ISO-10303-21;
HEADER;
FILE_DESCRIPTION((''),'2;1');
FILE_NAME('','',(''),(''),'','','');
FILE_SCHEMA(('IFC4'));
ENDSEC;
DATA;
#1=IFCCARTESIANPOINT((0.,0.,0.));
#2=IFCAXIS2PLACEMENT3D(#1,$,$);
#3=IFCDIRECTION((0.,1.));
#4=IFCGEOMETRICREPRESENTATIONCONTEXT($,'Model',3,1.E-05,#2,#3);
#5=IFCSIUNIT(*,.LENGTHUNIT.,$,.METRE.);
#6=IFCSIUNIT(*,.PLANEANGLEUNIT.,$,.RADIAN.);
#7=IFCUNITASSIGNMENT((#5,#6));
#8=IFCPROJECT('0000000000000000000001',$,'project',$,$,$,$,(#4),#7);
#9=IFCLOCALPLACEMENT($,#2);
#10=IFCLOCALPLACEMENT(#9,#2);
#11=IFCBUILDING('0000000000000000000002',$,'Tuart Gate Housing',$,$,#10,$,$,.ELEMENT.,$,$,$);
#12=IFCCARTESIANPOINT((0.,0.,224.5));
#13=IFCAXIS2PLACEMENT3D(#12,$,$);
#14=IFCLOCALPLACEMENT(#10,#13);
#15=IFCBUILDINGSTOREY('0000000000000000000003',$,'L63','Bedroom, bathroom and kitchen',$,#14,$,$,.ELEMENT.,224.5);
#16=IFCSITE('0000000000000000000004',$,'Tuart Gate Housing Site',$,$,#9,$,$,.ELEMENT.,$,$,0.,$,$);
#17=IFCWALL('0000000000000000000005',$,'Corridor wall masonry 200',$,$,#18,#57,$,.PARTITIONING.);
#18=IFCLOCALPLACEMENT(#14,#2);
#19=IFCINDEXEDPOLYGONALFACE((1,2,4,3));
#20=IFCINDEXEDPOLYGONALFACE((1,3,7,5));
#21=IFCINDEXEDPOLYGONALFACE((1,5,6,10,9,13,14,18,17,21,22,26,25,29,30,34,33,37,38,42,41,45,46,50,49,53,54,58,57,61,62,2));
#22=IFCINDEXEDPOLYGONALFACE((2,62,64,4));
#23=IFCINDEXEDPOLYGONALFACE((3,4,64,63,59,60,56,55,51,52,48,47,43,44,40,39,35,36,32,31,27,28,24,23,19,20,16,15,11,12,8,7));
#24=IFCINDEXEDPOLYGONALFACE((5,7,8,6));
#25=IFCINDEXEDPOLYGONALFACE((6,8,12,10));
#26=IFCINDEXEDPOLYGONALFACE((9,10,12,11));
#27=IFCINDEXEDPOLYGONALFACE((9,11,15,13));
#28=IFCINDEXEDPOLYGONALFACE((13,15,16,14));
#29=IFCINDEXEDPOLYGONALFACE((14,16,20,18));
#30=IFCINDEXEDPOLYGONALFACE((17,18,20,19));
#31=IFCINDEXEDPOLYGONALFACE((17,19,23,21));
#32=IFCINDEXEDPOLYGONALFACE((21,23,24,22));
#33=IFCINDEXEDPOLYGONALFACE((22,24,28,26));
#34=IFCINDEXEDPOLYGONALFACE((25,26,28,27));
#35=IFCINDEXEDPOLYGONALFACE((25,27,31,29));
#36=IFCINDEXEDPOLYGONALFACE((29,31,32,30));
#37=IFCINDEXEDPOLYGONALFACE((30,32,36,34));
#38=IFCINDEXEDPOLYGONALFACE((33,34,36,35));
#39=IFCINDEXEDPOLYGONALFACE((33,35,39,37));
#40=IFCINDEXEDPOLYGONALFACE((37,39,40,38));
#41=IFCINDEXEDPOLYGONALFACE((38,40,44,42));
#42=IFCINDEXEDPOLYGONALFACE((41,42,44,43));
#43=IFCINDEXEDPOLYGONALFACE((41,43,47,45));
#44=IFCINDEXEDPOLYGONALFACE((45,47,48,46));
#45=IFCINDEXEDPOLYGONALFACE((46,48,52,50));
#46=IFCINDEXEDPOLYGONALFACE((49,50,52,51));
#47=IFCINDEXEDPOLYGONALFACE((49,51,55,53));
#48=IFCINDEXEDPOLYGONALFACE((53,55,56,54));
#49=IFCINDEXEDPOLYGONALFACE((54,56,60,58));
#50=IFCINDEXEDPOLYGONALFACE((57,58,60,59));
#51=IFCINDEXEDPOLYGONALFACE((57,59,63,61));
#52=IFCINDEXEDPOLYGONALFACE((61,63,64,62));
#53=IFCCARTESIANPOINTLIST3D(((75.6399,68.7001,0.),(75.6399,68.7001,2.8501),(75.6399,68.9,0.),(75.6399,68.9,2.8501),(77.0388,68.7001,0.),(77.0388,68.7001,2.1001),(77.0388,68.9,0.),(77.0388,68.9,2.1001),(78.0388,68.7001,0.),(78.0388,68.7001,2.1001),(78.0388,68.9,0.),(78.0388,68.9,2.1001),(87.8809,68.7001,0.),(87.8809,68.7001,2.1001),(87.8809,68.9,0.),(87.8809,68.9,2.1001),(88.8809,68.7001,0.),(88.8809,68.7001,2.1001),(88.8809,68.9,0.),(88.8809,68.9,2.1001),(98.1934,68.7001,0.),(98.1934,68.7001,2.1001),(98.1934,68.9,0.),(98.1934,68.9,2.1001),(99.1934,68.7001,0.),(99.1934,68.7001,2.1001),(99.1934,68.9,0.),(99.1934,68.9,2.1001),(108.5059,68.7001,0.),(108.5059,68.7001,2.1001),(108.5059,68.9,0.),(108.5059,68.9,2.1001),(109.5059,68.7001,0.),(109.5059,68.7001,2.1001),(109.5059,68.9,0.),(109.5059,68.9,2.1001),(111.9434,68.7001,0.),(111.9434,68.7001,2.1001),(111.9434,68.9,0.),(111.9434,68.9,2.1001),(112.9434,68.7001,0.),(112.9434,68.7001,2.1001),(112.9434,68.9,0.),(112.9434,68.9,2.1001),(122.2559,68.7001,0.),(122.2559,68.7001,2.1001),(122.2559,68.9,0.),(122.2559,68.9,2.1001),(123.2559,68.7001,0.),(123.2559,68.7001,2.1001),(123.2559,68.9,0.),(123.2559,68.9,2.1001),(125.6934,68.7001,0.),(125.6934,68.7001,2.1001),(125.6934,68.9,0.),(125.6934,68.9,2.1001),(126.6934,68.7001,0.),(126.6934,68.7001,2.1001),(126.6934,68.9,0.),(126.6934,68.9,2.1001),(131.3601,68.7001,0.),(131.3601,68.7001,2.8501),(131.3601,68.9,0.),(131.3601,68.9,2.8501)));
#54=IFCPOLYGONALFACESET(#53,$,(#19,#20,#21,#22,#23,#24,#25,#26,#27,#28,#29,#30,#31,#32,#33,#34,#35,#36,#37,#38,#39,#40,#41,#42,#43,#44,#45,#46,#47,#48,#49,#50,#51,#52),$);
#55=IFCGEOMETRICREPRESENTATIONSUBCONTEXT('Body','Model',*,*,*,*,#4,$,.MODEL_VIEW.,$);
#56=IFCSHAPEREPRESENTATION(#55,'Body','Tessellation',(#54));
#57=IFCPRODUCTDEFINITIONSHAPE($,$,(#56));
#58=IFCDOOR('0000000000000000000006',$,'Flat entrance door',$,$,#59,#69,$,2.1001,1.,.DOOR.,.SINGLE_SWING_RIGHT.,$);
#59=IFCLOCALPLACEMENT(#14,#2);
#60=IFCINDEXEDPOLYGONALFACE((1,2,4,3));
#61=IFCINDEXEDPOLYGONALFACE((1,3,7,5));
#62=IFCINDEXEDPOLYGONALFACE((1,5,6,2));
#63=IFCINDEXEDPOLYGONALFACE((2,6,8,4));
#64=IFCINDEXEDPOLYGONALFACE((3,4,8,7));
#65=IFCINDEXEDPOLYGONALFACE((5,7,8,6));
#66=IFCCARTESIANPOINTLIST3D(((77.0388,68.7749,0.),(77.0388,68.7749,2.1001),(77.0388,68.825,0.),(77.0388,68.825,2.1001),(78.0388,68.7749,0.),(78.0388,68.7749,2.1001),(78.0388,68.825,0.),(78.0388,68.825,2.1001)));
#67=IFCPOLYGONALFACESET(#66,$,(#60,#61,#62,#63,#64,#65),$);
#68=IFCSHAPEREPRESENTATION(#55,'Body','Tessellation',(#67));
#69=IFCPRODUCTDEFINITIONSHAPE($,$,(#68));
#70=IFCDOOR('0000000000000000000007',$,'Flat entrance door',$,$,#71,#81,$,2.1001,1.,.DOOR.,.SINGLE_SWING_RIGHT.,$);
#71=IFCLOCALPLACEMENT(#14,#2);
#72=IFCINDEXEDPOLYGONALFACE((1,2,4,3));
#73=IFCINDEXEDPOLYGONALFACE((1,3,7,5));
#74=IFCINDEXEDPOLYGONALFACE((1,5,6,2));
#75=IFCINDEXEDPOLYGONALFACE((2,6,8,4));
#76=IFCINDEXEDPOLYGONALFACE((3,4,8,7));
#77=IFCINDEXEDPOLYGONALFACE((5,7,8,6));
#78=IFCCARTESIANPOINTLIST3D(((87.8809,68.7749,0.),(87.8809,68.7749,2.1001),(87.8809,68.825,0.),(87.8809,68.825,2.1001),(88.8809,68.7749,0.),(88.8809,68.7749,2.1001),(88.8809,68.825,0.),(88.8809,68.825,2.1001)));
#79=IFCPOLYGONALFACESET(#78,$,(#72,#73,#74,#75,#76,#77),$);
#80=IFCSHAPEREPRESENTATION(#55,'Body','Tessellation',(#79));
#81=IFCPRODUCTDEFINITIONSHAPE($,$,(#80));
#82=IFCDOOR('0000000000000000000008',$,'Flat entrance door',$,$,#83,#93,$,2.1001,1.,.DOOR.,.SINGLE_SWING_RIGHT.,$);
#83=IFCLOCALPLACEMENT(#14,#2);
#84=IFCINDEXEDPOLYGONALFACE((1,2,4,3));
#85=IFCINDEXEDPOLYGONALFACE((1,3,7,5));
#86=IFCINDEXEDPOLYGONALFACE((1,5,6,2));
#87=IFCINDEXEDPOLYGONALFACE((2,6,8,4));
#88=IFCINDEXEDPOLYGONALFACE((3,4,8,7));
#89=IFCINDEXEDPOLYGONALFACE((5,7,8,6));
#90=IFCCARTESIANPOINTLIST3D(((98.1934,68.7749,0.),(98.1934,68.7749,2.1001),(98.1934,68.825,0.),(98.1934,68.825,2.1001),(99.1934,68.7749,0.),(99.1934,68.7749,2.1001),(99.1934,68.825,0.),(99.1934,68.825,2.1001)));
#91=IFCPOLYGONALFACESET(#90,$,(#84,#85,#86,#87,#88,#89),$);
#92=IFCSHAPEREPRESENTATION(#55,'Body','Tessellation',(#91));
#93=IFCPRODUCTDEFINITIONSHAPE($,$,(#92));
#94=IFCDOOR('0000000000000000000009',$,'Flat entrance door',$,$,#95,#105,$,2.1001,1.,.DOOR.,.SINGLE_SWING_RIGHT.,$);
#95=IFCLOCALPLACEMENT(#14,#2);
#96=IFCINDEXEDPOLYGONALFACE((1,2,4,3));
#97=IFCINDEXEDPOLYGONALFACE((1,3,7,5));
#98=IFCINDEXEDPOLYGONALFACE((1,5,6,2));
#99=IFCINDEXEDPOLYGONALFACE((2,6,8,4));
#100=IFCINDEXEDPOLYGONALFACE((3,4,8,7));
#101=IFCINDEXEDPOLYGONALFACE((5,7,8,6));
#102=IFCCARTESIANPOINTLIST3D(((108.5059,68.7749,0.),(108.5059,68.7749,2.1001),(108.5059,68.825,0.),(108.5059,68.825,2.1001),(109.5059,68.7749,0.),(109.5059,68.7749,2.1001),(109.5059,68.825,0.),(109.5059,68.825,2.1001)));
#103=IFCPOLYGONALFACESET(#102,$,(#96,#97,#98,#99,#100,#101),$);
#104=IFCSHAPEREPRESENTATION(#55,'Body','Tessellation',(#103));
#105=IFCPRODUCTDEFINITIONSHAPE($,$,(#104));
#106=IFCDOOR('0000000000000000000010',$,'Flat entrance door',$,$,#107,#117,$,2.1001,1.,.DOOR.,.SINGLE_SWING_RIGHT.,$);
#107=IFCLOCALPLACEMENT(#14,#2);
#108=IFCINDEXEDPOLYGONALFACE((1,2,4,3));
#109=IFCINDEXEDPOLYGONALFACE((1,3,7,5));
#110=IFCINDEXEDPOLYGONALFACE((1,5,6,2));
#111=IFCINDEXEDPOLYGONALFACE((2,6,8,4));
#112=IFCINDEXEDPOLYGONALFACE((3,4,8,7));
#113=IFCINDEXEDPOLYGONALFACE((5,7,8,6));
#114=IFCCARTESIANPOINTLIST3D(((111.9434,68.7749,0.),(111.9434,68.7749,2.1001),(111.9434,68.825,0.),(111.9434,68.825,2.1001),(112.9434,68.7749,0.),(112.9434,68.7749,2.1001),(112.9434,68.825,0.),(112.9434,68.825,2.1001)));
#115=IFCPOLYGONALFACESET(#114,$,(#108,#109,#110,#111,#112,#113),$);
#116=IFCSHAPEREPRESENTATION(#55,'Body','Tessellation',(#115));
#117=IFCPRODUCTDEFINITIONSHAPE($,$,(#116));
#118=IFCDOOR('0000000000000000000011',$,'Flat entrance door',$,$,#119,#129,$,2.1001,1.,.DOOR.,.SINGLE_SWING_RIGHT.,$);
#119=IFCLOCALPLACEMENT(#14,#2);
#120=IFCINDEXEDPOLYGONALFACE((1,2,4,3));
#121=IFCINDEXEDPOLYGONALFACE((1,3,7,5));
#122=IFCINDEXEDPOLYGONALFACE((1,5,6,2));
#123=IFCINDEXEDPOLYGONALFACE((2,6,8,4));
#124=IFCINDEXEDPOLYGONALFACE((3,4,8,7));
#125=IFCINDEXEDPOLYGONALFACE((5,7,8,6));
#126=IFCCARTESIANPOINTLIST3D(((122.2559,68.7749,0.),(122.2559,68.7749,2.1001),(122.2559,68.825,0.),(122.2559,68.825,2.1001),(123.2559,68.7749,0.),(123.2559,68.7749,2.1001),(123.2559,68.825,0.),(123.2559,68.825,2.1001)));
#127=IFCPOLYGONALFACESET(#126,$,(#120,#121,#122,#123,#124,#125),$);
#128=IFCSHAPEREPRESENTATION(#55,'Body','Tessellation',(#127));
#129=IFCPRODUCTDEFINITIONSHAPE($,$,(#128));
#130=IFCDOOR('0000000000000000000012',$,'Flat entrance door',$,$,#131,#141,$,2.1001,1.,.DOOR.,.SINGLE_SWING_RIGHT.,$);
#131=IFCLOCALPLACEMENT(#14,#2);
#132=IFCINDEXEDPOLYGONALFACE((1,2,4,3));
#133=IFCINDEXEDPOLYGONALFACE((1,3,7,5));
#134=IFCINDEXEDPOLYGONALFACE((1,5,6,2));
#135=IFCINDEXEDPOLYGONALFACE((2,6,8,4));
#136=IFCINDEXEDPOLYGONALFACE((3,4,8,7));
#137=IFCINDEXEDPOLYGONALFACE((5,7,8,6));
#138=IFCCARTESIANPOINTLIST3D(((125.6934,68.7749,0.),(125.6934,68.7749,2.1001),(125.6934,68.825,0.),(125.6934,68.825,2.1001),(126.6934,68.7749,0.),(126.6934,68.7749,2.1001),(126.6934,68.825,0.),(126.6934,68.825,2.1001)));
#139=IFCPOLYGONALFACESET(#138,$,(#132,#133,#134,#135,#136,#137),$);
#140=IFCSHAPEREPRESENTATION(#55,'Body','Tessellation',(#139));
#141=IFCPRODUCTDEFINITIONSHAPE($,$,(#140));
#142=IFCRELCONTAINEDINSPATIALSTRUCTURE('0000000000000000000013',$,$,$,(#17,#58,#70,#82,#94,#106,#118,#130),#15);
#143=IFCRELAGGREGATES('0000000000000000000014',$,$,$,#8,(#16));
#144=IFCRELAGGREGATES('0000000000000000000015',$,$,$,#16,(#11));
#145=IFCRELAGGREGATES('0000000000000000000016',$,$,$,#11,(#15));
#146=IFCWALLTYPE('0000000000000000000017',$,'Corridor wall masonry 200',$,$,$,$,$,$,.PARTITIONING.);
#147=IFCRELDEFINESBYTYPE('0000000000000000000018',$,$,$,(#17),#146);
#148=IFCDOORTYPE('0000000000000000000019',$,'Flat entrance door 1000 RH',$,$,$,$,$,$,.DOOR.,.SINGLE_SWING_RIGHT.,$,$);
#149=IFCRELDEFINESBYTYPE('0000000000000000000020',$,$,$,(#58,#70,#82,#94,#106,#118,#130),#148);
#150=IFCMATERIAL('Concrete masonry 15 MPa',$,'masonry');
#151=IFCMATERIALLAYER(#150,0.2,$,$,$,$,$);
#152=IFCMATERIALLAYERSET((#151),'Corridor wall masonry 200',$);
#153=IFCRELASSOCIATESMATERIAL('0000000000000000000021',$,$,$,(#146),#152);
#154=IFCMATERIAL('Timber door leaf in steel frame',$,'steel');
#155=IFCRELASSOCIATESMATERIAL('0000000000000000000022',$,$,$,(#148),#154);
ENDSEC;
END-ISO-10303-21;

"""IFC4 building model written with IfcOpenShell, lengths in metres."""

from ifc_helpers import new_model, si_unit, direction, frame, frame_2d, origin, place, context, subcontext, project, spatial, rectangle, extrude, material, layer, layer_set, type_object, element, fill, save


model = new_model("IFC4")

# Units and contexts
model_context = context("Model", 3, precision=1e-05, world=origin(), true_north=direction((0.0, 1.0)))
body_context = subcontext(model_context, "Body", "Model", "MODEL_VIEW")
ifc_project = project(units=[si_unit("LENGTHUNIT", "METRE"), si_unit("PLANEANGLEUNIT", "RADIAN")], contexts=[model_context])

# Site, building, storey
site_placement = place(None, origin())
site = spatial("IfcSite", under=ifc_project, at=site_placement, Name="Tuart Gate Housing Site", CompositionType="ELEMENT", RefElevation=0.0)
building_placement = place(site_placement, origin())
building = spatial("IfcBuilding", under=site, at=building_placement, Name="Tuart Gate Housing", CompositionType="ELEMENT")
storey_placement = place(building_placement, frame((0.0, 0.0, 224.5)))
storey = spatial("IfcBuildingStorey", under=building, at=storey_placement, Name="L63", Description="Bedroom, bathroom and kitchen", CompositionType="ELEMENT", Elevation=224.5)

# Wall, openings, doors
ifc_material_1 = material(Name="Concrete masonry 15 MPa", Category="masonry")
ifc_layer_1 = layer(ifc_material_1, 0.2)
ifc_layer_set_1 = layer_set([ifc_layer_1], Name="Corridor wall masonry 200")
wall_type_1 = type_object("IfcWallType", Name="Corridor wall masonry 200", PredefinedType="PARTITIONING", material=ifc_layer_set_1)
wall_1_placement = place(storey_placement, frame((75.6399, 68.8, 0.0), z_axis=(0.0, 0.0, 1.0), x_axis=(1.0, 0.0, 0.0)))
wall_1 = element("IfcWall", 1, at=wall_1_placement, inside=storey, type_object=wall_type_1, Name="Corridor wall masonry 200", PredefinedType="PARTITIONING", context=body_context, shape_type="SweptSolid", body=[
    extrude(rectangle(XDim=55.7202, YDim=0.2, at=frame_2d((27.8601, 0.0))), origin(), (0.0, 0.0, 1.0), 2.8501),
])
opening_1_placement = place(wall_1_placement, frame((1.3989, 0.0, 0.0)))
opening_1 = element("IfcOpeningElement", 2, at=opening_1_placement, cuts=wall_1, PredefinedType="OPENING", context=body_context, shape_type="SweptSolid", body=[
    extrude(rectangle(XDim=1.0, YDim=2.1001, at=frame_2d((0.5, 1.05))), frame((0.0, 0.1099, 0.0), z_axis=(0.0, -1.0, 0.0), x_axis=(1.0, 0.0, 0.0)), (0.0, 0.0, 1.0), 0.22),
])
opening_2_placement = place(wall_1_placement, frame((12.241, 0.0, 0.0)))
opening_2 = element("IfcOpeningElement", 3, at=opening_2_placement, cuts=wall_1, PredefinedType="OPENING", context=body_context, shape_type="SweptSolid", body=[
    extrude(rectangle(XDim=1.0, YDim=2.1001, at=frame_2d((0.5, 1.05))), frame((0.0, 0.1099, 0.0), z_axis=(0.0, -1.0, 0.0), x_axis=(1.0, 0.0, 0.0)), (0.0, 0.0, 1.0), 0.22),
])
opening_3_placement = place(wall_1_placement, frame((22.5535, 0.0, 0.0)))
opening_3 = element("IfcOpeningElement", 4, at=opening_3_placement, cuts=wall_1, PredefinedType="OPENING", context=body_context, shape_type="SweptSolid", body=[
    extrude(rectangle(XDim=1.0, YDim=2.1001, at=frame_2d((0.5, 1.05))), frame((0.0, 0.1099, 0.0), z_axis=(0.0, -1.0, 0.0), x_axis=(1.0, 0.0, 0.0)), (0.0, 0.0, 1.0), 0.22),
])
opening_4_placement = place(wall_1_placement, frame((32.866, 0.0, 0.0)))
opening_4 = element("IfcOpeningElement", 5, at=opening_4_placement, cuts=wall_1, PredefinedType="OPENING", context=body_context, shape_type="SweptSolid", body=[
    extrude(rectangle(XDim=1.0, YDim=2.1001, at=frame_2d((0.5, 1.05))), frame((0.0, 0.1099, 0.0), z_axis=(0.0, -1.0, 0.0), x_axis=(1.0, 0.0, 0.0)), (0.0, 0.0, 1.0), 0.22),
])
opening_5_placement = place(wall_1_placement, frame((36.3035, 0.0, 0.0)))
opening_5 = element("IfcOpeningElement", 6, at=opening_5_placement, cuts=wall_1, PredefinedType="OPENING", context=body_context, shape_type="SweptSolid", body=[
    extrude(rectangle(XDim=1.0, YDim=2.1001, at=frame_2d((0.5, 1.05))), frame((0.0, 0.1099, 0.0), z_axis=(0.0, -1.0, 0.0), x_axis=(1.0, 0.0, 0.0)), (0.0, 0.0, 1.0), 0.22),
])
opening_6_placement = place(wall_1_placement, frame((46.616, 0.0, 0.0)))
opening_6 = element("IfcOpeningElement", 7, at=opening_6_placement, cuts=wall_1, PredefinedType="OPENING", context=body_context, shape_type="SweptSolid", body=[
    extrude(rectangle(XDim=1.0, YDim=2.1001, at=frame_2d((0.5, 1.05))), frame((0.0, 0.1099, 0.0), z_axis=(0.0, -1.0, 0.0), x_axis=(1.0, 0.0, 0.0)), (0.0, 0.0, 1.0), 0.22),
])
opening_7_placement = place(wall_1_placement, frame((50.0535, 0.0, 0.0)))
opening_7 = element("IfcOpeningElement", 8, at=opening_7_placement, cuts=wall_1, PredefinedType="OPENING", context=body_context, shape_type="SweptSolid", body=[
    extrude(rectangle(XDim=1.0, YDim=2.1001, at=frame_2d((0.5, 1.05))), frame((0.0, 0.1099, 0.0), z_axis=(0.0, -1.0, 0.0), x_axis=(1.0, 0.0, 0.0)), (0.0, 0.0, 1.0), 0.22),
])
ifc_material_2 = material(Name="Timber door leaf in steel frame", Category="steel")
door_type_1 = type_object("IfcDoorType", Name="Flat entrance door 1000 RH", OperationType="SINGLE_SWING_RIGHT", PredefinedType="DOOR", material=ifc_material_2)
door_1_placement = place(opening_1_placement, frame((1.0, 0.0, 0.0), z_axis=(0.0, 0.0, 1.0), x_axis=(-1.0, 0.0, 0.0)))
door_1 = element("IfcDoor", 9, at=door_1_placement, inside=storey, type_object=door_type_1, Name="Flat entrance door", OperationType="SINGLE_SWING_RIGHT", OverallHeight=2.1001, OverallWidth=1.0, PredefinedType="DOOR", context=body_context, shape_type="SweptSolid", body=[
    extrude(rectangle(XDim=1.0, YDim=2.1001, at=frame_2d((0.5, 1.05))), frame((0.0, 0.0251, 0.0), z_axis=(0.0, -1.0, 0.0), x_axis=(1.0, 0.0, 0.0)), (0.0, 0.0, 1.0), 0.05),
])
fill(opening_1, door_1)
door_2_placement = place(opening_2_placement, frame((1.0, 0.0, 0.0), z_axis=(0.0, 0.0, 1.0), x_axis=(-1.0, 0.0, 0.0)))
door_2 = element("IfcDoor", 10, at=door_2_placement, inside=storey, type_object=door_type_1, Name="Flat entrance door", OperationType="SINGLE_SWING_RIGHT", OverallHeight=2.1001, OverallWidth=1.0, PredefinedType="DOOR", context=body_context, shape_type="SweptSolid", body=[
    extrude(rectangle(XDim=1.0, YDim=2.1001, at=frame_2d((0.5, 1.05))), frame((0.0, 0.0251, 0.0), z_axis=(0.0, -1.0, 0.0), x_axis=(1.0, 0.0, 0.0)), (0.0, 0.0, 1.0), 0.05),
])
fill(opening_2, door_2)
door_3_placement = place(opening_3_placement, frame((1.0, 0.0, 0.0), z_axis=(0.0, 0.0, 1.0), x_axis=(-1.0, 0.0, 0.0)))
door_3 = element("IfcDoor", 11, at=door_3_placement, inside=storey, type_object=door_type_1, Name="Flat entrance door", OperationType="SINGLE_SWING_RIGHT", OverallHeight=2.1001, OverallWidth=1.0, PredefinedType="DOOR", context=body_context, shape_type="SweptSolid", body=[
    extrude(rectangle(XDim=1.0, YDim=2.1001, at=frame_2d((0.5, 1.05))), frame((0.0, 0.0251, 0.0), z_axis=(0.0, -1.0, 0.0), x_axis=(1.0, 0.0, 0.0)), (0.0, 0.0, 1.0), 0.05),
])
fill(opening_3, door_3)
door_4_placement = place(opening_4_placement, frame((1.0, 0.0, 0.0), z_axis=(0.0, 0.0, 1.0), x_axis=(-1.0, 0.0, 0.0)))
door_4 = element("IfcDoor", 12, at=door_4_placement, inside=storey, type_object=door_type_1, Name="Flat entrance door", OperationType="SINGLE_SWING_RIGHT", OverallHeight=2.1001, OverallWidth=1.0, PredefinedType="DOOR", context=body_context, shape_type="SweptSolid", body=[
    extrude(rectangle(XDim=1.0, YDim=2.1001, at=frame_2d((0.5, 1.05))), frame((0.0, 0.0251, 0.0), z_axis=(0.0, -1.0, 0.0), x_axis=(1.0, 0.0, 0.0)), (0.0, 0.0, 1.0), 0.05),
])
fill(opening_4, door_4)
door_5_placement = place(opening_5_placement, frame((1.0, 0.0, 0.0), z_axis=(0.0, 0.0, 1.0), x_axis=(-1.0, 0.0, 0.0)))
door_5 = element("IfcDoor", 13, at=door_5_placement, inside=storey, type_object=door_type_1, Name="Flat entrance door", OperationType="SINGLE_SWING_RIGHT", OverallHeight=2.1001, OverallWidth=1.0, PredefinedType="DOOR", context=body_context, shape_type="SweptSolid", body=[
    extrude(rectangle(XDim=1.0, YDim=2.1001, at=frame_2d((0.5, 1.05))), frame((0.0, 0.0251, 0.0), z_axis=(0.0, -1.0, 0.0), x_axis=(1.0, 0.0, 0.0)), (0.0, 0.0, 1.0), 0.05),
])
fill(opening_5, door_5)
door_6_placement = place(opening_6_placement, frame((1.0, 0.0, 0.0), z_axis=(0.0, 0.0, 1.0), x_axis=(-1.0, 0.0, 0.0)))
door_6 = element("IfcDoor", 14, at=door_6_placement, inside=storey, type_object=door_type_1, Name="Flat entrance door", OperationType="SINGLE_SWING_RIGHT", OverallHeight=2.1001, OverallWidth=1.0, PredefinedType="DOOR", context=body_context, shape_type="SweptSolid", body=[
    extrude(rectangle(XDim=1.0, YDim=2.1001, at=frame_2d((0.5, 1.05))), frame((0.0, 0.0251, 0.0), z_axis=(0.0, -1.0, 0.0), x_axis=(1.0, 0.0, 0.0)), (0.0, 0.0, 1.0), 0.05),
])
fill(opening_6, door_6)
door_7_placement = place(opening_7_placement, frame((1.0, 0.0, 0.0), z_axis=(0.0, 0.0, 1.0), x_axis=(-1.0, 0.0, 0.0)))
door_7 = element("IfcDoor", 15, at=door_7_placement, inside=storey, type_object=door_type_1, Name="Flat entrance door", OperationType="SINGLE_SWING_RIGHT", OverallHeight=2.1001, OverallWidth=1.0, PredefinedType="DOOR", context=body_context, shape_type="SweptSolid", body=[
    extrude(rectangle(XDim=1.0, YDim=2.1001, at=frame_2d((0.5, 1.05))), frame((0.0, 0.0251, 0.0), z_axis=(0.0, -1.0, 0.0), x_axis=(1.0, 0.0, 0.0)), (0.0, 0.0, 1.0), 0.05),
])
fill(opening_7, door_7)

save(model, "model.ifc")
